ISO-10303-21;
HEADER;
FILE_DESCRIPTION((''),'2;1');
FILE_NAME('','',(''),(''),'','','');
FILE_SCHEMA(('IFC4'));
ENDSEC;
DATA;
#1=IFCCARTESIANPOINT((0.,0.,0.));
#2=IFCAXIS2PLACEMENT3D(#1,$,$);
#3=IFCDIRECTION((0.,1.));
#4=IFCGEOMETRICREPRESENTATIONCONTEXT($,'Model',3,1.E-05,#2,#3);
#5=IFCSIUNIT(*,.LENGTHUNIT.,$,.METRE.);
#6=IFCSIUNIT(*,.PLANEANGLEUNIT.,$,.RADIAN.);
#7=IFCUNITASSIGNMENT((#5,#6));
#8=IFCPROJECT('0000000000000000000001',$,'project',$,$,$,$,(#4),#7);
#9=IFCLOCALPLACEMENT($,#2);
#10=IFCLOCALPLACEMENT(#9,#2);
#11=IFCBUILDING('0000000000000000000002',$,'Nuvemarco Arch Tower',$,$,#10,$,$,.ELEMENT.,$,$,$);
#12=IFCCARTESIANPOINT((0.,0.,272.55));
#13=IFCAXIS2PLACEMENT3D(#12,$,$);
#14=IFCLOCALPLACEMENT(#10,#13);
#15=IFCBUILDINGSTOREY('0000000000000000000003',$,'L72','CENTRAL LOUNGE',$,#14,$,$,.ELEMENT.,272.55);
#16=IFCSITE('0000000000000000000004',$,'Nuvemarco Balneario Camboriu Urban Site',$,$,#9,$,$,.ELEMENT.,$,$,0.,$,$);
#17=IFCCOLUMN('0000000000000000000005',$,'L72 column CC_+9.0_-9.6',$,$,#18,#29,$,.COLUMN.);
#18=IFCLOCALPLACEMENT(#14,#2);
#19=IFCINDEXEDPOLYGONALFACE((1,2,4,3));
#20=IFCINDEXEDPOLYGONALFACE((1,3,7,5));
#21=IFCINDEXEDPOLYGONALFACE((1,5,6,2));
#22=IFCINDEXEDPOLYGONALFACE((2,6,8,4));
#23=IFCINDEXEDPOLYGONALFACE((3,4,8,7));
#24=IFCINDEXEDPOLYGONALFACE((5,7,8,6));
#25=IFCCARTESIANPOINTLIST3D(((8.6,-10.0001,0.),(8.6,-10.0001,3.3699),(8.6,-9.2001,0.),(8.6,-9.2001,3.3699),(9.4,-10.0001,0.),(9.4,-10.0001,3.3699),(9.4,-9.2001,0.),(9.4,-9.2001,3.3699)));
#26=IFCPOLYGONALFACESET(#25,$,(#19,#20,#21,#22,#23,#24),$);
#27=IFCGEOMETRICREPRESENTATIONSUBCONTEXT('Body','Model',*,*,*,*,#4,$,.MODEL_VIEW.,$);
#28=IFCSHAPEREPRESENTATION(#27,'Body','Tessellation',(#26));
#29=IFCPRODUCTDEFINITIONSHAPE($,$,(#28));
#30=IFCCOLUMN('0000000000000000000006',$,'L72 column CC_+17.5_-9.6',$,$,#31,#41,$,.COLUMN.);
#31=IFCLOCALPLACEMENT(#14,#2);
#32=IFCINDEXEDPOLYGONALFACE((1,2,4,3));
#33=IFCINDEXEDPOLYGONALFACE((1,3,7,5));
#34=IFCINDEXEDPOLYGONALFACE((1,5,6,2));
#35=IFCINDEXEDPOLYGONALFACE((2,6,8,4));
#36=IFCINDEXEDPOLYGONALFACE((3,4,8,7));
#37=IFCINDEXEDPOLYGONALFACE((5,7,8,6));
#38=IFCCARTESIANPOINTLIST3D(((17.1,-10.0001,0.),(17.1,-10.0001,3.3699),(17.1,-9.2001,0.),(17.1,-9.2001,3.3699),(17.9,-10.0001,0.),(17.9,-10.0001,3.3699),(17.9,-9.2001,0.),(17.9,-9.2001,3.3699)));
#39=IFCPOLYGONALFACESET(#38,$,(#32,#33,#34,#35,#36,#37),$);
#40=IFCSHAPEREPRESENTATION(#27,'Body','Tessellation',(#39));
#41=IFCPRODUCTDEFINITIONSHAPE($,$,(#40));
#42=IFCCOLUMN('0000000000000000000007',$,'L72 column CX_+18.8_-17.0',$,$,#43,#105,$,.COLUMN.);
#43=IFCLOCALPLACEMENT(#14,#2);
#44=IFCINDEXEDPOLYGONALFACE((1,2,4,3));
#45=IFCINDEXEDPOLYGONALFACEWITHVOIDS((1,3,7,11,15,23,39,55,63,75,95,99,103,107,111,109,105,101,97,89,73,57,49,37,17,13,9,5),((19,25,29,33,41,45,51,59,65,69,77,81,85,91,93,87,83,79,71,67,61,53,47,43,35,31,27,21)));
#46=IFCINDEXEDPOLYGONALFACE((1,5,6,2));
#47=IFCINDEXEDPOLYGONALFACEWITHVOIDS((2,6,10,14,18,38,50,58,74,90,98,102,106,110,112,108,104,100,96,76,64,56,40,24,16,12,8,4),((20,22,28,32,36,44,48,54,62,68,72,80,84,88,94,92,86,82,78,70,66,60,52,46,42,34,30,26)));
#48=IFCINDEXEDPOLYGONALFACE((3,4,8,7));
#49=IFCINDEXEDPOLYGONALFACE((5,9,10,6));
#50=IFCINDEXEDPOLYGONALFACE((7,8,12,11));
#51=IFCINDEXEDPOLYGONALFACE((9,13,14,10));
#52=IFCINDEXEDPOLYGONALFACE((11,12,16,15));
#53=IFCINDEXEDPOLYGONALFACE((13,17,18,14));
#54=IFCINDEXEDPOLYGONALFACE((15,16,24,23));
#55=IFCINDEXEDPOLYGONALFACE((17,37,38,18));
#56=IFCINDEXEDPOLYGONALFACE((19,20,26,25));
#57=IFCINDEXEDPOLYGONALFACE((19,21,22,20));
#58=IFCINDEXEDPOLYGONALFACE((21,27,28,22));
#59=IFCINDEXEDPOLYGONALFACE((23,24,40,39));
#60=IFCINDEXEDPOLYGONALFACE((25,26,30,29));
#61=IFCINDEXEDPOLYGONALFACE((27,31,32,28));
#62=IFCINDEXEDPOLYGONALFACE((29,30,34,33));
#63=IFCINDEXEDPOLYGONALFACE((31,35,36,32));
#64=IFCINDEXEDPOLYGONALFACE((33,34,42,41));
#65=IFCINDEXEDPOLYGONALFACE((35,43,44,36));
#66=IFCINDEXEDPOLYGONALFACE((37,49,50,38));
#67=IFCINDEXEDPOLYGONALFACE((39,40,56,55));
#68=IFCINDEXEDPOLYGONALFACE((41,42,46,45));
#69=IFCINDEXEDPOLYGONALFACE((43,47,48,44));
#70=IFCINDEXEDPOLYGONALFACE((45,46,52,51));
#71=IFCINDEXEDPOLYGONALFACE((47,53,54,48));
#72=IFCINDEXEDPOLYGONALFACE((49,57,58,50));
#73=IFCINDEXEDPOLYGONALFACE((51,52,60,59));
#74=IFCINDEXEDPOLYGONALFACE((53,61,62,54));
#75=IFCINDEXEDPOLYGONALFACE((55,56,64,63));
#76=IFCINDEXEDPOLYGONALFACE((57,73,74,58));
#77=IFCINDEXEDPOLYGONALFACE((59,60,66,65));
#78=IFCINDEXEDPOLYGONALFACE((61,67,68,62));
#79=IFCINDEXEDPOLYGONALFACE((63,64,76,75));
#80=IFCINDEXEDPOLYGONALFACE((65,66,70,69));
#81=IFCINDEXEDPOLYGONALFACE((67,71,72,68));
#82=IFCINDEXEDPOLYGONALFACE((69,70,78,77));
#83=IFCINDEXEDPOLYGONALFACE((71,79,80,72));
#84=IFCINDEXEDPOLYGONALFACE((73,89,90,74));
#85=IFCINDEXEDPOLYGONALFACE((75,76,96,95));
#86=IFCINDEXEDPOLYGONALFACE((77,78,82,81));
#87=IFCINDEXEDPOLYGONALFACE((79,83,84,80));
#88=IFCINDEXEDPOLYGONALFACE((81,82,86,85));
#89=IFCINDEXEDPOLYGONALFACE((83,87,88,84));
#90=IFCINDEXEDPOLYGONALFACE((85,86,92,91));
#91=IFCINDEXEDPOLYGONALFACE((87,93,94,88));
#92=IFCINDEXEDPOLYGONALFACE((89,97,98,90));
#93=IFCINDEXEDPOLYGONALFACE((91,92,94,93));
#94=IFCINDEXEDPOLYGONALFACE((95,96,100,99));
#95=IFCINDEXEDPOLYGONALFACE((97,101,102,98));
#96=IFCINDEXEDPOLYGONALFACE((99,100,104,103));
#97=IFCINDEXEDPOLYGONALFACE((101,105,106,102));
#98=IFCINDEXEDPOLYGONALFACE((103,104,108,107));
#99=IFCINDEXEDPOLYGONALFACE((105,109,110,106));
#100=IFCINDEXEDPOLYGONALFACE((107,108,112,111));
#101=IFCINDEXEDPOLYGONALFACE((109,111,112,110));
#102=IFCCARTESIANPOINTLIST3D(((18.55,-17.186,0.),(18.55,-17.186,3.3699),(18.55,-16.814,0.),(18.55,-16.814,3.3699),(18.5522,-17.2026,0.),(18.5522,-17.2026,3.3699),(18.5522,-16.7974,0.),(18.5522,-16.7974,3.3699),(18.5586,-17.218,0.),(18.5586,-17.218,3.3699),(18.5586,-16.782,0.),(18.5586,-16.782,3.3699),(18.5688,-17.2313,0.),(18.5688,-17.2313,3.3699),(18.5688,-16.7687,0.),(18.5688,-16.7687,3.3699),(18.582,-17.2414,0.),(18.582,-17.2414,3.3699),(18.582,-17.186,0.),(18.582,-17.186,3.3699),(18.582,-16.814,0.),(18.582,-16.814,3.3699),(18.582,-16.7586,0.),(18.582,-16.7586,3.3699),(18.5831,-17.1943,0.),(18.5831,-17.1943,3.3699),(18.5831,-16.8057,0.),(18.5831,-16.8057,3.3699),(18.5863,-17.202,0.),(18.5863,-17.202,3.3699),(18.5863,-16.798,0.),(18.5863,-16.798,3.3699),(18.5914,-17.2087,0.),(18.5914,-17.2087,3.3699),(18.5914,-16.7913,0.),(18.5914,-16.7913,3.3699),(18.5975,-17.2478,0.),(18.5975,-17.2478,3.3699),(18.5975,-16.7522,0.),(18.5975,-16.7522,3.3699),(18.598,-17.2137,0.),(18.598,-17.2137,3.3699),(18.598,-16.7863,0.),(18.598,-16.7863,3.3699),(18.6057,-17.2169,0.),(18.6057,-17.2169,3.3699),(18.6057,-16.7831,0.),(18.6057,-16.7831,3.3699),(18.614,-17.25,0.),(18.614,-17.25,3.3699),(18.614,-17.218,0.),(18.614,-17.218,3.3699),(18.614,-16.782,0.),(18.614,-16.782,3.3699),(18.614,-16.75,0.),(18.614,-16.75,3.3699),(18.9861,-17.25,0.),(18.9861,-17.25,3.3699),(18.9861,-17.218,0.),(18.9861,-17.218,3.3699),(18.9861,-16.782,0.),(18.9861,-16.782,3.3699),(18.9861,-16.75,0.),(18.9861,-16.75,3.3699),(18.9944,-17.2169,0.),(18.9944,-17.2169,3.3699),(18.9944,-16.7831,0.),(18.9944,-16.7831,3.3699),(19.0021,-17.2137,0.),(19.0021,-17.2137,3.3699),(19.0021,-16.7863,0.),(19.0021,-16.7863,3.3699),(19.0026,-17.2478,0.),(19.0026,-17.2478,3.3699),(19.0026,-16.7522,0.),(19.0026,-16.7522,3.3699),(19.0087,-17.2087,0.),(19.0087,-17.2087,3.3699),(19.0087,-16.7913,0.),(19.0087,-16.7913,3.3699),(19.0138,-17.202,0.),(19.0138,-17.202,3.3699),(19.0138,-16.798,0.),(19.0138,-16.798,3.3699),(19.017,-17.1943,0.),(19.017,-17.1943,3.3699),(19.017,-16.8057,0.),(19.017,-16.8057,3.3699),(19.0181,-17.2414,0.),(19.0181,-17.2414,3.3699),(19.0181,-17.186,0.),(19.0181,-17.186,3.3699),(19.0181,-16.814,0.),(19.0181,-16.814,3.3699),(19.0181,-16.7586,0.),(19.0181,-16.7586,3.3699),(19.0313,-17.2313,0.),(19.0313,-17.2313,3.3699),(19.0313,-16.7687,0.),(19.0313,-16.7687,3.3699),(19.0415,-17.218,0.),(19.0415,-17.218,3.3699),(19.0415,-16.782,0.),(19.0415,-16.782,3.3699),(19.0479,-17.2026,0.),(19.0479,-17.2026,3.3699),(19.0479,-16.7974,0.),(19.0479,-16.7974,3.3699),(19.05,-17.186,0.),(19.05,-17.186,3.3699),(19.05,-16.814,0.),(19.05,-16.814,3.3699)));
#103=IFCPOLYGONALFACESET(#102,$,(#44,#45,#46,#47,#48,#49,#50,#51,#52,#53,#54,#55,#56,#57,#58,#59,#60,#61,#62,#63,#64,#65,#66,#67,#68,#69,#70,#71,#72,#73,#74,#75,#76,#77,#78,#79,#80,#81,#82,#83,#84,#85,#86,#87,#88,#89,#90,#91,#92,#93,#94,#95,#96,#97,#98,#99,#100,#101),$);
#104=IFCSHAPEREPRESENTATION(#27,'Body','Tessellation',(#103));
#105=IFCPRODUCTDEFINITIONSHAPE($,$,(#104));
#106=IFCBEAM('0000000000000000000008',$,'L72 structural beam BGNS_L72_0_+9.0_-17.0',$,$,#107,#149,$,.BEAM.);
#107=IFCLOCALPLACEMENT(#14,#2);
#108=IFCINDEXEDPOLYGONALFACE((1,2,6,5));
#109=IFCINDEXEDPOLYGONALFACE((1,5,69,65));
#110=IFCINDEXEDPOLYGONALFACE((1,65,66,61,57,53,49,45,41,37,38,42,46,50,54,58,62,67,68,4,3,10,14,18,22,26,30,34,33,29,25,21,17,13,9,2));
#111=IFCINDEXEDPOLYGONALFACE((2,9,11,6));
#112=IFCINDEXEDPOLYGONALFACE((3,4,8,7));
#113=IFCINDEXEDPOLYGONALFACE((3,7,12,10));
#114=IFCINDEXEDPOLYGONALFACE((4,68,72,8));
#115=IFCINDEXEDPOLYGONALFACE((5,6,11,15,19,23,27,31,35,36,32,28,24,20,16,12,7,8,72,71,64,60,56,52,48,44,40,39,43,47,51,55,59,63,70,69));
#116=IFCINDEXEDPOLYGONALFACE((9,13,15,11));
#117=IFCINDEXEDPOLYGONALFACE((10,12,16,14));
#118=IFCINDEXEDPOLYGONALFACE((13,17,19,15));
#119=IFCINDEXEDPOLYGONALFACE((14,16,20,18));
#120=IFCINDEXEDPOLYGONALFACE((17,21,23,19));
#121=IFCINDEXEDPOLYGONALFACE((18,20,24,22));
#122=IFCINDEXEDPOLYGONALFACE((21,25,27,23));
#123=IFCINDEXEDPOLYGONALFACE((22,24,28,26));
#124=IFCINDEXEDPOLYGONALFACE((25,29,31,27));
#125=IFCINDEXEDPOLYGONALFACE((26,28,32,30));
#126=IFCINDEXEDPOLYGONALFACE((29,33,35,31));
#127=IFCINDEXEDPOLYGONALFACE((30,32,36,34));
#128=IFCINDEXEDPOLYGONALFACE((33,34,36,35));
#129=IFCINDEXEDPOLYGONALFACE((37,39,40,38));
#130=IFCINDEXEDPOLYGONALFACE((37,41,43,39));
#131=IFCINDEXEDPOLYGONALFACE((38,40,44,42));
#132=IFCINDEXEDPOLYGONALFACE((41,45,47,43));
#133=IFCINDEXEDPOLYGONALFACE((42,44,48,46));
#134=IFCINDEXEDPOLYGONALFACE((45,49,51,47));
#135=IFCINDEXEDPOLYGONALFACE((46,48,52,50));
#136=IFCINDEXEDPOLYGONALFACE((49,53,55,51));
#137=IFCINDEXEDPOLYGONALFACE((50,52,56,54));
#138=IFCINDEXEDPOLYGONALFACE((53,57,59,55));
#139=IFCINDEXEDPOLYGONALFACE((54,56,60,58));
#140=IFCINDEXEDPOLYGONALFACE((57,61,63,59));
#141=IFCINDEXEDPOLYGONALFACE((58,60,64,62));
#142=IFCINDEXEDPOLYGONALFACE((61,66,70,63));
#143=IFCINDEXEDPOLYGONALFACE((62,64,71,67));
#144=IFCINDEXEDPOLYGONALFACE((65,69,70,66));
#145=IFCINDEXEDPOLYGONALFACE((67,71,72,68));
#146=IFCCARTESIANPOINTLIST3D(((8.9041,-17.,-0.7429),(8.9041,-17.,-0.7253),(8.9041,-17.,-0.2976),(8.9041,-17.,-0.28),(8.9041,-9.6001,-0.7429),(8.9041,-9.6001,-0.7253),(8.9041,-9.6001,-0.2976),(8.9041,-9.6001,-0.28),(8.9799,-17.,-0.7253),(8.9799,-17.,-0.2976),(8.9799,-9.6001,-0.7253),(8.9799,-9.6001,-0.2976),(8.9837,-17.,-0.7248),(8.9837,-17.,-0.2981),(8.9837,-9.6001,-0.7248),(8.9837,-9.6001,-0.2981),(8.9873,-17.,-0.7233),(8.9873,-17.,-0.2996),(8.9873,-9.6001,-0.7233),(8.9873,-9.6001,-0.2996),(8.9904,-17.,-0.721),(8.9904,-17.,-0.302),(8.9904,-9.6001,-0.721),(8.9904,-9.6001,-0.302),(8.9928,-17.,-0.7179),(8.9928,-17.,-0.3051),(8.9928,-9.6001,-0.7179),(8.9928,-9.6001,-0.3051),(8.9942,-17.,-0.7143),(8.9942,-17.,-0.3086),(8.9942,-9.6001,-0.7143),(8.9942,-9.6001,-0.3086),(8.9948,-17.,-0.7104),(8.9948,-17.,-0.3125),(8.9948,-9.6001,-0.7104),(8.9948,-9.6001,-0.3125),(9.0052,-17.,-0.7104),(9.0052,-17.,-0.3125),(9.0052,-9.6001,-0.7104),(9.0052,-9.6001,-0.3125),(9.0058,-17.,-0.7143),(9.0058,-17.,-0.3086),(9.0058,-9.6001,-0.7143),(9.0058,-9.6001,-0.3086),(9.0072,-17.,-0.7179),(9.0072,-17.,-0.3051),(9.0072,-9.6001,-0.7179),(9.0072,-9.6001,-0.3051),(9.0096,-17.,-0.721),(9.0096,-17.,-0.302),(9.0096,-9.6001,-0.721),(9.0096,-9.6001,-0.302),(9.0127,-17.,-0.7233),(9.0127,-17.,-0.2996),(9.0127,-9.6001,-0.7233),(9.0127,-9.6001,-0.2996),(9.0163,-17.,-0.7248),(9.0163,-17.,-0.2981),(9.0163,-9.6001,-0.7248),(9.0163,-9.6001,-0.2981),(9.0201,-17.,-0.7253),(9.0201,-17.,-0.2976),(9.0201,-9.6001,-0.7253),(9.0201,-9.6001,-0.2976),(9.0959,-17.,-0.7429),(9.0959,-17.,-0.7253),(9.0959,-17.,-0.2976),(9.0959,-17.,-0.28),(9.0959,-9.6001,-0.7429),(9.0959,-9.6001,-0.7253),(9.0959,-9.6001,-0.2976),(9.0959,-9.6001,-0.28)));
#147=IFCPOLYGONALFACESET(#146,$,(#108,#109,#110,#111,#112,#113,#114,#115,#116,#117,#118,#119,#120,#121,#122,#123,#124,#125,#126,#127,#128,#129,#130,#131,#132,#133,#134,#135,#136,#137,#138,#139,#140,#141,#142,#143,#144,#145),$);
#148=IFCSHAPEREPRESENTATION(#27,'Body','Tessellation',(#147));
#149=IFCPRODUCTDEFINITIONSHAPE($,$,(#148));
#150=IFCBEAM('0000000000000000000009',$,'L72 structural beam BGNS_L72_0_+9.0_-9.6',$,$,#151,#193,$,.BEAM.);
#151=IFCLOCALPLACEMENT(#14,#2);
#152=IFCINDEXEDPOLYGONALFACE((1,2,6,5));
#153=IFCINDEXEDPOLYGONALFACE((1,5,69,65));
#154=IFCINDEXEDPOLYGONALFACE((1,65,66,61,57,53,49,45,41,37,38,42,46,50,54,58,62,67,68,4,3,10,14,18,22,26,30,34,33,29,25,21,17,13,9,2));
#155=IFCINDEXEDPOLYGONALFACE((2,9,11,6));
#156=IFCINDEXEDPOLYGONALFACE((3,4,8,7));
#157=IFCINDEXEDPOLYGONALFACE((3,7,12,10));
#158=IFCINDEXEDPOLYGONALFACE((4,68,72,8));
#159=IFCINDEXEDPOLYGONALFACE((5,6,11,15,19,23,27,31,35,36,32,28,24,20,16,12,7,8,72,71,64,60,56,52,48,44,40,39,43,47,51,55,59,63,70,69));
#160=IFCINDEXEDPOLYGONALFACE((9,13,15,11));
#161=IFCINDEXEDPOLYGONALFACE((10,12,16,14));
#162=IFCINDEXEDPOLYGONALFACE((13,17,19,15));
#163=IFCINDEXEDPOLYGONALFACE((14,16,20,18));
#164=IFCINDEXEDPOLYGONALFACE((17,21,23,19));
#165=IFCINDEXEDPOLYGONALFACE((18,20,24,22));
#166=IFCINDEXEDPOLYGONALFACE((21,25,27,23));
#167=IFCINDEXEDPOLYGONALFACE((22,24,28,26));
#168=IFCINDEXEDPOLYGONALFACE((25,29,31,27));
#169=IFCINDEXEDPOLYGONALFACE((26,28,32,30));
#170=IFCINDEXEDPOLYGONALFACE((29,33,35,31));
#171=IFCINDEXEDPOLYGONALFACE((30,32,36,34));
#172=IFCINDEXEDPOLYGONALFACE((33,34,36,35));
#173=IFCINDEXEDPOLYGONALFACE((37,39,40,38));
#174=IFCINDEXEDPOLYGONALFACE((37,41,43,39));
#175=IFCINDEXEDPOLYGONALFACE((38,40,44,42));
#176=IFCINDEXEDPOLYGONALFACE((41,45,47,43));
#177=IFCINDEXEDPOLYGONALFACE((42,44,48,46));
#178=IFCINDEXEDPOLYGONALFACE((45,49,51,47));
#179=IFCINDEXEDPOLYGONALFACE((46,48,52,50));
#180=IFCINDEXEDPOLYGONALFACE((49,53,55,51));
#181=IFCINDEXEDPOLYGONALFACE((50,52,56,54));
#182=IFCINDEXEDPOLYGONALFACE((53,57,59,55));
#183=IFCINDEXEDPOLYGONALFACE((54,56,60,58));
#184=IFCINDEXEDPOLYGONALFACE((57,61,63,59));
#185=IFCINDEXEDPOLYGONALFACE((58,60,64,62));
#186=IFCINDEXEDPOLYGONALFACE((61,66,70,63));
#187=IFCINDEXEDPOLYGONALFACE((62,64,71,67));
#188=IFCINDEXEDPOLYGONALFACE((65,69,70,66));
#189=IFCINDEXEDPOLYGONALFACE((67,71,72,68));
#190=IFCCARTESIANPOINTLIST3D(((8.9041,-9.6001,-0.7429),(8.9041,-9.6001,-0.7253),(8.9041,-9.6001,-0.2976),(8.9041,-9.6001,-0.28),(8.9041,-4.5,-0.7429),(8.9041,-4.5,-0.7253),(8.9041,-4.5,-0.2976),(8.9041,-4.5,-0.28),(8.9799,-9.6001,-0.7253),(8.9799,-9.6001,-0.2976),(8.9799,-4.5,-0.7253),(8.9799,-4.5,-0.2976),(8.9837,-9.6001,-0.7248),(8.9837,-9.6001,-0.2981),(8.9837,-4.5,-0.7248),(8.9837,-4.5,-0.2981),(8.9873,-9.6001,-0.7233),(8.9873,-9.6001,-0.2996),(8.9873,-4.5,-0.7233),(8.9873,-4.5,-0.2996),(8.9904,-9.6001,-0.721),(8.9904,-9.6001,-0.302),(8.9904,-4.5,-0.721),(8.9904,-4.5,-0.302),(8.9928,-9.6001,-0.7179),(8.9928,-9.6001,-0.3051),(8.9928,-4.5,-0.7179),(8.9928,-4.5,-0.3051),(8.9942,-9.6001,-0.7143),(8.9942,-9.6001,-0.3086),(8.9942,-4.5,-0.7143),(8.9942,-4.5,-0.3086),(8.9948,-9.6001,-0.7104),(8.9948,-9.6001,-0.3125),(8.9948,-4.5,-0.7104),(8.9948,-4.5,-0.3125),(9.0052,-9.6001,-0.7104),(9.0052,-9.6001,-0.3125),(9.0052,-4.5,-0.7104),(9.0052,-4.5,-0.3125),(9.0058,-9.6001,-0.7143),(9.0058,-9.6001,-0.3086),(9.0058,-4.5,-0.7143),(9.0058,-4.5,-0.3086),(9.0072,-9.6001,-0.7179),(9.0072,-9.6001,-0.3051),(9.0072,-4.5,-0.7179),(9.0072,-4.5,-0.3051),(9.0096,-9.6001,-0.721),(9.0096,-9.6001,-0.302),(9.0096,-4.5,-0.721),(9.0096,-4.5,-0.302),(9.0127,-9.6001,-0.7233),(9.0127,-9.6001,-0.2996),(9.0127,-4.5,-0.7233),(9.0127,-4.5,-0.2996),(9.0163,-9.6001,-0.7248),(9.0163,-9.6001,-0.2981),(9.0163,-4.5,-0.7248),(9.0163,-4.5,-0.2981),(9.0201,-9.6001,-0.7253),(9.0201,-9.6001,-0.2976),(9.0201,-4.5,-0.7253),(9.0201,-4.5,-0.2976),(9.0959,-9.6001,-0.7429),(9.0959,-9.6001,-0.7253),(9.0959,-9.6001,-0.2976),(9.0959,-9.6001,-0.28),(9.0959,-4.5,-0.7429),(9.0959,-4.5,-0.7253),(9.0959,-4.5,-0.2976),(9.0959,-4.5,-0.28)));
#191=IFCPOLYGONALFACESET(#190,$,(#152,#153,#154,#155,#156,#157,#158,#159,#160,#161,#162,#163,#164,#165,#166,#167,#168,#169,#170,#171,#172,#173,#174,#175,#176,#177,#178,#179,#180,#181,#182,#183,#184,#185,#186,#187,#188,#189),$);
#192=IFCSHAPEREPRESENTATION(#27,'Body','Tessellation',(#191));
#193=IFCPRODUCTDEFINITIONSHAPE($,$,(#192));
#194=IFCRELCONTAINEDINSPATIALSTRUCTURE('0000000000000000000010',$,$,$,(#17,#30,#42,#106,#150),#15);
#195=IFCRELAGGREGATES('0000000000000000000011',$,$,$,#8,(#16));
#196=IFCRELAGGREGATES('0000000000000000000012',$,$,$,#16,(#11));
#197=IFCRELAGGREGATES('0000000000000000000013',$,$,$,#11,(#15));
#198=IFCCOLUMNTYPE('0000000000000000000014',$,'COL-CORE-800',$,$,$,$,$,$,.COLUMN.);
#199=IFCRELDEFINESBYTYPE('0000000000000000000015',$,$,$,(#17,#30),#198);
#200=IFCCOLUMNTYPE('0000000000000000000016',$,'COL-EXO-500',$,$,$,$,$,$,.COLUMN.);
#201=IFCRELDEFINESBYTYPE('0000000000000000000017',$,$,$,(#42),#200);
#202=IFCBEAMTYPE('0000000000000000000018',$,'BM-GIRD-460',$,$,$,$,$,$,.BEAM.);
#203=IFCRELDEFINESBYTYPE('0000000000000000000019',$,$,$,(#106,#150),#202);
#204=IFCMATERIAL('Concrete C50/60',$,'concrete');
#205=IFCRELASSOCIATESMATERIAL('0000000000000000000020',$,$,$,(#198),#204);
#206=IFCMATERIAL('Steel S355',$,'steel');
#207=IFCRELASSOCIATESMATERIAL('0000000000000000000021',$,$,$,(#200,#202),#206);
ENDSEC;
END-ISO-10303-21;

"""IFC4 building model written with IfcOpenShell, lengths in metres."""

from ifc_helpers import new_model, si_unit, direction, frame, origin, origin_2d, place, context, subcontext, project, spatial, rectangle, hollow_rectangle, i_section, extrude, material, material_profile, profile_set, type_object, element, save


model = new_model("IFC4")

# Units and contexts
model_context = context("Model", 3, precision=1e-05, world=origin(), true_north=direction((0.0, 1.0)))
body_context = subcontext(model_context, "Body", "Model", "MODEL_VIEW")
ifc_project = project(units=[si_unit("LENGTHUNIT", "METRE"), si_unit("PLANEANGLEUNIT", "RADIAN")], contexts=[model_context])

# Site, building, storey
site_placement = place(None, origin())
site = spatial("IfcSite", under=ifc_project, at=site_placement, Name="Nuvemarco Balneario Camboriu Urban Site", CompositionType="ELEMENT", RefElevation=0.0)
building_placement = place(site_placement, origin())
building = spatial("IfcBuilding", under=site, at=building_placement, Name="Nuvemarco Arch Tower", CompositionType="ELEMENT")
storey_placement = place(building_placement, frame((0.0, 0.0, 272.55)))
storey = spatial("IfcBuildingStorey", under=building, at=storey_placement, Name="L72", Description="CENTRAL LOUNGE", CompositionType="ELEMENT", Elevation=272.55)

# Columns
ifc_material_1 = material(Name="Concrete C50/60", Category="concrete")
ifc_material_profile_1 = material_profile(ifc_material_1, rectangle(XDim=0.8, YDim=0.8, at=origin_2d()), Name="RC-COL-800x800")
ifc_profile_set_1 = profile_set([ifc_material_profile_1], Name="Concrete C50/60")
column_type_1 = type_object("IfcColumnType", Name="COL-CORE-800", PredefinedType="COLUMN", material=ifc_profile_set_1)
for number, where, z_axis, x_axis, name in (
    (1, (9.0, -9.6001, 0.0), (0.0, 0.0, 1.0), (1.0, 0.0, 0.0), "L72 column CC_+9.0_-9.6"),
    (2, (17.5, -9.6001, 0.0), (0.0, 0.0, 1.0), (1.0, 0.0, 0.0), "L72 column CC_+17.5_-9.6"),
):
    element("IfcColumn", number, at=place(storey_placement, frame(where, z_axis=z_axis, x_axis=x_axis)), inside=storey, type_object=column_type_1, Name=name, PredefinedType="COLUMN", context=body_context, shape_type="SweptSolid", body=[
        extrude(rectangle(XDim=0.8, YDim=0.8, at=origin_2d()), origin(), (0.0, 0.0, 1.0), 3.3699),
    ])
ifc_material_2 = material(Name="Steel S355", Category="steel")
ifc_material_profile_2 = material_profile(ifc_material_2, hollow_rectangle(XDim=0.5, YDim=0.5, WallThickness=0.032, InnerFilletRadius=0.032, OuterFilletRadius=0.064, at=origin_2d()), Name="SHS500x500x32")
ifc_profile_set_2 = profile_set([ifc_material_profile_2], Name="Steel S355")
column_type_2 = type_object("IfcColumnType", Name="COL-EXO-500", PredefinedType="COLUMN", material=ifc_profile_set_2)
column_placement = place(storey_placement, frame((18.8, -17.0, 0.0), z_axis=(0.0, 0.0, 1.0), x_axis=(1.0, 0.0, 0.0)))
element("IfcColumn", 3, at=column_placement, inside=storey, type_object=column_type_2, Name="L72 column CX_+18.8_-17.0", PredefinedType="COLUMN", context=body_context, shape_type="SweptSolid", body=[
    extrude(hollow_rectangle(XDim=0.5, YDim=0.5, WallThickness=0.032, InnerFilletRadius=0.032, OuterFilletRadius=0.064, at=origin_2d()), origin(), (0.0, 0.0, 1.0), 3.3699),
])

# Beams
ifc_material_profile_3 = material_profile(ifc_material_2, i_section(OverallWidth=0.1919, OverallDepth=0.4629, WebThickness=0.0105, FlangeThickness=0.0176, FilletRadius=0.0149, at=origin_2d()), Name="W460x89")
ifc_profile_set_3 = profile_set([ifc_material_profile_3], Name="Steel S355")
beam_type_1 = type_object("IfcBeamType", Name="BM-GIRD-460", PredefinedType="BEAM", material=ifc_profile_set_3)
beam_1_placement = place(storey_placement, frame((9.0, -17.0, -0.5115), z_axis=(0.0, 1.0, 0.0), x_axis=(-1.0, 0.0, 0.0)))
element("IfcBeam", 4, at=beam_1_placement, inside=storey, type_object=beam_type_1, Name="L72 structural beam BGNS_L72_0_+9.0_-17.0", PredefinedType="BEAM", context=body_context, shape_type="SweptSolid", body=[
    extrude(i_section(OverallWidth=0.1919, OverallDepth=0.4629, WebThickness=0.0105, FlangeThickness=0.0176, FilletRadius=0.0149, at=origin_2d()), origin(), (0.0, 0.0, 1.0), 7.3999),
])
beam_2_placement = place(storey_placement, frame((9.0, -9.6001, -0.5115), z_axis=(0.0, 1.0, 0.0), x_axis=(-1.0, 0.0, 0.0)))
element("IfcBeam", 5, at=beam_2_placement, inside=storey, type_object=beam_type_1, Name="L72 structural beam BGNS_L72_0_+9.0_-9.6", PredefinedType="BEAM", context=body_context, shape_type="SweptSolid", body=[
    extrude(i_section(OverallWidth=0.1919, OverallDepth=0.4629, WebThickness=0.0105, FlangeThickness=0.0176, FilletRadius=0.0149, at=origin_2d()), origin(), (0.0, 0.0, 1.0), 5.1001),
])

save(model, "model.ifc")
